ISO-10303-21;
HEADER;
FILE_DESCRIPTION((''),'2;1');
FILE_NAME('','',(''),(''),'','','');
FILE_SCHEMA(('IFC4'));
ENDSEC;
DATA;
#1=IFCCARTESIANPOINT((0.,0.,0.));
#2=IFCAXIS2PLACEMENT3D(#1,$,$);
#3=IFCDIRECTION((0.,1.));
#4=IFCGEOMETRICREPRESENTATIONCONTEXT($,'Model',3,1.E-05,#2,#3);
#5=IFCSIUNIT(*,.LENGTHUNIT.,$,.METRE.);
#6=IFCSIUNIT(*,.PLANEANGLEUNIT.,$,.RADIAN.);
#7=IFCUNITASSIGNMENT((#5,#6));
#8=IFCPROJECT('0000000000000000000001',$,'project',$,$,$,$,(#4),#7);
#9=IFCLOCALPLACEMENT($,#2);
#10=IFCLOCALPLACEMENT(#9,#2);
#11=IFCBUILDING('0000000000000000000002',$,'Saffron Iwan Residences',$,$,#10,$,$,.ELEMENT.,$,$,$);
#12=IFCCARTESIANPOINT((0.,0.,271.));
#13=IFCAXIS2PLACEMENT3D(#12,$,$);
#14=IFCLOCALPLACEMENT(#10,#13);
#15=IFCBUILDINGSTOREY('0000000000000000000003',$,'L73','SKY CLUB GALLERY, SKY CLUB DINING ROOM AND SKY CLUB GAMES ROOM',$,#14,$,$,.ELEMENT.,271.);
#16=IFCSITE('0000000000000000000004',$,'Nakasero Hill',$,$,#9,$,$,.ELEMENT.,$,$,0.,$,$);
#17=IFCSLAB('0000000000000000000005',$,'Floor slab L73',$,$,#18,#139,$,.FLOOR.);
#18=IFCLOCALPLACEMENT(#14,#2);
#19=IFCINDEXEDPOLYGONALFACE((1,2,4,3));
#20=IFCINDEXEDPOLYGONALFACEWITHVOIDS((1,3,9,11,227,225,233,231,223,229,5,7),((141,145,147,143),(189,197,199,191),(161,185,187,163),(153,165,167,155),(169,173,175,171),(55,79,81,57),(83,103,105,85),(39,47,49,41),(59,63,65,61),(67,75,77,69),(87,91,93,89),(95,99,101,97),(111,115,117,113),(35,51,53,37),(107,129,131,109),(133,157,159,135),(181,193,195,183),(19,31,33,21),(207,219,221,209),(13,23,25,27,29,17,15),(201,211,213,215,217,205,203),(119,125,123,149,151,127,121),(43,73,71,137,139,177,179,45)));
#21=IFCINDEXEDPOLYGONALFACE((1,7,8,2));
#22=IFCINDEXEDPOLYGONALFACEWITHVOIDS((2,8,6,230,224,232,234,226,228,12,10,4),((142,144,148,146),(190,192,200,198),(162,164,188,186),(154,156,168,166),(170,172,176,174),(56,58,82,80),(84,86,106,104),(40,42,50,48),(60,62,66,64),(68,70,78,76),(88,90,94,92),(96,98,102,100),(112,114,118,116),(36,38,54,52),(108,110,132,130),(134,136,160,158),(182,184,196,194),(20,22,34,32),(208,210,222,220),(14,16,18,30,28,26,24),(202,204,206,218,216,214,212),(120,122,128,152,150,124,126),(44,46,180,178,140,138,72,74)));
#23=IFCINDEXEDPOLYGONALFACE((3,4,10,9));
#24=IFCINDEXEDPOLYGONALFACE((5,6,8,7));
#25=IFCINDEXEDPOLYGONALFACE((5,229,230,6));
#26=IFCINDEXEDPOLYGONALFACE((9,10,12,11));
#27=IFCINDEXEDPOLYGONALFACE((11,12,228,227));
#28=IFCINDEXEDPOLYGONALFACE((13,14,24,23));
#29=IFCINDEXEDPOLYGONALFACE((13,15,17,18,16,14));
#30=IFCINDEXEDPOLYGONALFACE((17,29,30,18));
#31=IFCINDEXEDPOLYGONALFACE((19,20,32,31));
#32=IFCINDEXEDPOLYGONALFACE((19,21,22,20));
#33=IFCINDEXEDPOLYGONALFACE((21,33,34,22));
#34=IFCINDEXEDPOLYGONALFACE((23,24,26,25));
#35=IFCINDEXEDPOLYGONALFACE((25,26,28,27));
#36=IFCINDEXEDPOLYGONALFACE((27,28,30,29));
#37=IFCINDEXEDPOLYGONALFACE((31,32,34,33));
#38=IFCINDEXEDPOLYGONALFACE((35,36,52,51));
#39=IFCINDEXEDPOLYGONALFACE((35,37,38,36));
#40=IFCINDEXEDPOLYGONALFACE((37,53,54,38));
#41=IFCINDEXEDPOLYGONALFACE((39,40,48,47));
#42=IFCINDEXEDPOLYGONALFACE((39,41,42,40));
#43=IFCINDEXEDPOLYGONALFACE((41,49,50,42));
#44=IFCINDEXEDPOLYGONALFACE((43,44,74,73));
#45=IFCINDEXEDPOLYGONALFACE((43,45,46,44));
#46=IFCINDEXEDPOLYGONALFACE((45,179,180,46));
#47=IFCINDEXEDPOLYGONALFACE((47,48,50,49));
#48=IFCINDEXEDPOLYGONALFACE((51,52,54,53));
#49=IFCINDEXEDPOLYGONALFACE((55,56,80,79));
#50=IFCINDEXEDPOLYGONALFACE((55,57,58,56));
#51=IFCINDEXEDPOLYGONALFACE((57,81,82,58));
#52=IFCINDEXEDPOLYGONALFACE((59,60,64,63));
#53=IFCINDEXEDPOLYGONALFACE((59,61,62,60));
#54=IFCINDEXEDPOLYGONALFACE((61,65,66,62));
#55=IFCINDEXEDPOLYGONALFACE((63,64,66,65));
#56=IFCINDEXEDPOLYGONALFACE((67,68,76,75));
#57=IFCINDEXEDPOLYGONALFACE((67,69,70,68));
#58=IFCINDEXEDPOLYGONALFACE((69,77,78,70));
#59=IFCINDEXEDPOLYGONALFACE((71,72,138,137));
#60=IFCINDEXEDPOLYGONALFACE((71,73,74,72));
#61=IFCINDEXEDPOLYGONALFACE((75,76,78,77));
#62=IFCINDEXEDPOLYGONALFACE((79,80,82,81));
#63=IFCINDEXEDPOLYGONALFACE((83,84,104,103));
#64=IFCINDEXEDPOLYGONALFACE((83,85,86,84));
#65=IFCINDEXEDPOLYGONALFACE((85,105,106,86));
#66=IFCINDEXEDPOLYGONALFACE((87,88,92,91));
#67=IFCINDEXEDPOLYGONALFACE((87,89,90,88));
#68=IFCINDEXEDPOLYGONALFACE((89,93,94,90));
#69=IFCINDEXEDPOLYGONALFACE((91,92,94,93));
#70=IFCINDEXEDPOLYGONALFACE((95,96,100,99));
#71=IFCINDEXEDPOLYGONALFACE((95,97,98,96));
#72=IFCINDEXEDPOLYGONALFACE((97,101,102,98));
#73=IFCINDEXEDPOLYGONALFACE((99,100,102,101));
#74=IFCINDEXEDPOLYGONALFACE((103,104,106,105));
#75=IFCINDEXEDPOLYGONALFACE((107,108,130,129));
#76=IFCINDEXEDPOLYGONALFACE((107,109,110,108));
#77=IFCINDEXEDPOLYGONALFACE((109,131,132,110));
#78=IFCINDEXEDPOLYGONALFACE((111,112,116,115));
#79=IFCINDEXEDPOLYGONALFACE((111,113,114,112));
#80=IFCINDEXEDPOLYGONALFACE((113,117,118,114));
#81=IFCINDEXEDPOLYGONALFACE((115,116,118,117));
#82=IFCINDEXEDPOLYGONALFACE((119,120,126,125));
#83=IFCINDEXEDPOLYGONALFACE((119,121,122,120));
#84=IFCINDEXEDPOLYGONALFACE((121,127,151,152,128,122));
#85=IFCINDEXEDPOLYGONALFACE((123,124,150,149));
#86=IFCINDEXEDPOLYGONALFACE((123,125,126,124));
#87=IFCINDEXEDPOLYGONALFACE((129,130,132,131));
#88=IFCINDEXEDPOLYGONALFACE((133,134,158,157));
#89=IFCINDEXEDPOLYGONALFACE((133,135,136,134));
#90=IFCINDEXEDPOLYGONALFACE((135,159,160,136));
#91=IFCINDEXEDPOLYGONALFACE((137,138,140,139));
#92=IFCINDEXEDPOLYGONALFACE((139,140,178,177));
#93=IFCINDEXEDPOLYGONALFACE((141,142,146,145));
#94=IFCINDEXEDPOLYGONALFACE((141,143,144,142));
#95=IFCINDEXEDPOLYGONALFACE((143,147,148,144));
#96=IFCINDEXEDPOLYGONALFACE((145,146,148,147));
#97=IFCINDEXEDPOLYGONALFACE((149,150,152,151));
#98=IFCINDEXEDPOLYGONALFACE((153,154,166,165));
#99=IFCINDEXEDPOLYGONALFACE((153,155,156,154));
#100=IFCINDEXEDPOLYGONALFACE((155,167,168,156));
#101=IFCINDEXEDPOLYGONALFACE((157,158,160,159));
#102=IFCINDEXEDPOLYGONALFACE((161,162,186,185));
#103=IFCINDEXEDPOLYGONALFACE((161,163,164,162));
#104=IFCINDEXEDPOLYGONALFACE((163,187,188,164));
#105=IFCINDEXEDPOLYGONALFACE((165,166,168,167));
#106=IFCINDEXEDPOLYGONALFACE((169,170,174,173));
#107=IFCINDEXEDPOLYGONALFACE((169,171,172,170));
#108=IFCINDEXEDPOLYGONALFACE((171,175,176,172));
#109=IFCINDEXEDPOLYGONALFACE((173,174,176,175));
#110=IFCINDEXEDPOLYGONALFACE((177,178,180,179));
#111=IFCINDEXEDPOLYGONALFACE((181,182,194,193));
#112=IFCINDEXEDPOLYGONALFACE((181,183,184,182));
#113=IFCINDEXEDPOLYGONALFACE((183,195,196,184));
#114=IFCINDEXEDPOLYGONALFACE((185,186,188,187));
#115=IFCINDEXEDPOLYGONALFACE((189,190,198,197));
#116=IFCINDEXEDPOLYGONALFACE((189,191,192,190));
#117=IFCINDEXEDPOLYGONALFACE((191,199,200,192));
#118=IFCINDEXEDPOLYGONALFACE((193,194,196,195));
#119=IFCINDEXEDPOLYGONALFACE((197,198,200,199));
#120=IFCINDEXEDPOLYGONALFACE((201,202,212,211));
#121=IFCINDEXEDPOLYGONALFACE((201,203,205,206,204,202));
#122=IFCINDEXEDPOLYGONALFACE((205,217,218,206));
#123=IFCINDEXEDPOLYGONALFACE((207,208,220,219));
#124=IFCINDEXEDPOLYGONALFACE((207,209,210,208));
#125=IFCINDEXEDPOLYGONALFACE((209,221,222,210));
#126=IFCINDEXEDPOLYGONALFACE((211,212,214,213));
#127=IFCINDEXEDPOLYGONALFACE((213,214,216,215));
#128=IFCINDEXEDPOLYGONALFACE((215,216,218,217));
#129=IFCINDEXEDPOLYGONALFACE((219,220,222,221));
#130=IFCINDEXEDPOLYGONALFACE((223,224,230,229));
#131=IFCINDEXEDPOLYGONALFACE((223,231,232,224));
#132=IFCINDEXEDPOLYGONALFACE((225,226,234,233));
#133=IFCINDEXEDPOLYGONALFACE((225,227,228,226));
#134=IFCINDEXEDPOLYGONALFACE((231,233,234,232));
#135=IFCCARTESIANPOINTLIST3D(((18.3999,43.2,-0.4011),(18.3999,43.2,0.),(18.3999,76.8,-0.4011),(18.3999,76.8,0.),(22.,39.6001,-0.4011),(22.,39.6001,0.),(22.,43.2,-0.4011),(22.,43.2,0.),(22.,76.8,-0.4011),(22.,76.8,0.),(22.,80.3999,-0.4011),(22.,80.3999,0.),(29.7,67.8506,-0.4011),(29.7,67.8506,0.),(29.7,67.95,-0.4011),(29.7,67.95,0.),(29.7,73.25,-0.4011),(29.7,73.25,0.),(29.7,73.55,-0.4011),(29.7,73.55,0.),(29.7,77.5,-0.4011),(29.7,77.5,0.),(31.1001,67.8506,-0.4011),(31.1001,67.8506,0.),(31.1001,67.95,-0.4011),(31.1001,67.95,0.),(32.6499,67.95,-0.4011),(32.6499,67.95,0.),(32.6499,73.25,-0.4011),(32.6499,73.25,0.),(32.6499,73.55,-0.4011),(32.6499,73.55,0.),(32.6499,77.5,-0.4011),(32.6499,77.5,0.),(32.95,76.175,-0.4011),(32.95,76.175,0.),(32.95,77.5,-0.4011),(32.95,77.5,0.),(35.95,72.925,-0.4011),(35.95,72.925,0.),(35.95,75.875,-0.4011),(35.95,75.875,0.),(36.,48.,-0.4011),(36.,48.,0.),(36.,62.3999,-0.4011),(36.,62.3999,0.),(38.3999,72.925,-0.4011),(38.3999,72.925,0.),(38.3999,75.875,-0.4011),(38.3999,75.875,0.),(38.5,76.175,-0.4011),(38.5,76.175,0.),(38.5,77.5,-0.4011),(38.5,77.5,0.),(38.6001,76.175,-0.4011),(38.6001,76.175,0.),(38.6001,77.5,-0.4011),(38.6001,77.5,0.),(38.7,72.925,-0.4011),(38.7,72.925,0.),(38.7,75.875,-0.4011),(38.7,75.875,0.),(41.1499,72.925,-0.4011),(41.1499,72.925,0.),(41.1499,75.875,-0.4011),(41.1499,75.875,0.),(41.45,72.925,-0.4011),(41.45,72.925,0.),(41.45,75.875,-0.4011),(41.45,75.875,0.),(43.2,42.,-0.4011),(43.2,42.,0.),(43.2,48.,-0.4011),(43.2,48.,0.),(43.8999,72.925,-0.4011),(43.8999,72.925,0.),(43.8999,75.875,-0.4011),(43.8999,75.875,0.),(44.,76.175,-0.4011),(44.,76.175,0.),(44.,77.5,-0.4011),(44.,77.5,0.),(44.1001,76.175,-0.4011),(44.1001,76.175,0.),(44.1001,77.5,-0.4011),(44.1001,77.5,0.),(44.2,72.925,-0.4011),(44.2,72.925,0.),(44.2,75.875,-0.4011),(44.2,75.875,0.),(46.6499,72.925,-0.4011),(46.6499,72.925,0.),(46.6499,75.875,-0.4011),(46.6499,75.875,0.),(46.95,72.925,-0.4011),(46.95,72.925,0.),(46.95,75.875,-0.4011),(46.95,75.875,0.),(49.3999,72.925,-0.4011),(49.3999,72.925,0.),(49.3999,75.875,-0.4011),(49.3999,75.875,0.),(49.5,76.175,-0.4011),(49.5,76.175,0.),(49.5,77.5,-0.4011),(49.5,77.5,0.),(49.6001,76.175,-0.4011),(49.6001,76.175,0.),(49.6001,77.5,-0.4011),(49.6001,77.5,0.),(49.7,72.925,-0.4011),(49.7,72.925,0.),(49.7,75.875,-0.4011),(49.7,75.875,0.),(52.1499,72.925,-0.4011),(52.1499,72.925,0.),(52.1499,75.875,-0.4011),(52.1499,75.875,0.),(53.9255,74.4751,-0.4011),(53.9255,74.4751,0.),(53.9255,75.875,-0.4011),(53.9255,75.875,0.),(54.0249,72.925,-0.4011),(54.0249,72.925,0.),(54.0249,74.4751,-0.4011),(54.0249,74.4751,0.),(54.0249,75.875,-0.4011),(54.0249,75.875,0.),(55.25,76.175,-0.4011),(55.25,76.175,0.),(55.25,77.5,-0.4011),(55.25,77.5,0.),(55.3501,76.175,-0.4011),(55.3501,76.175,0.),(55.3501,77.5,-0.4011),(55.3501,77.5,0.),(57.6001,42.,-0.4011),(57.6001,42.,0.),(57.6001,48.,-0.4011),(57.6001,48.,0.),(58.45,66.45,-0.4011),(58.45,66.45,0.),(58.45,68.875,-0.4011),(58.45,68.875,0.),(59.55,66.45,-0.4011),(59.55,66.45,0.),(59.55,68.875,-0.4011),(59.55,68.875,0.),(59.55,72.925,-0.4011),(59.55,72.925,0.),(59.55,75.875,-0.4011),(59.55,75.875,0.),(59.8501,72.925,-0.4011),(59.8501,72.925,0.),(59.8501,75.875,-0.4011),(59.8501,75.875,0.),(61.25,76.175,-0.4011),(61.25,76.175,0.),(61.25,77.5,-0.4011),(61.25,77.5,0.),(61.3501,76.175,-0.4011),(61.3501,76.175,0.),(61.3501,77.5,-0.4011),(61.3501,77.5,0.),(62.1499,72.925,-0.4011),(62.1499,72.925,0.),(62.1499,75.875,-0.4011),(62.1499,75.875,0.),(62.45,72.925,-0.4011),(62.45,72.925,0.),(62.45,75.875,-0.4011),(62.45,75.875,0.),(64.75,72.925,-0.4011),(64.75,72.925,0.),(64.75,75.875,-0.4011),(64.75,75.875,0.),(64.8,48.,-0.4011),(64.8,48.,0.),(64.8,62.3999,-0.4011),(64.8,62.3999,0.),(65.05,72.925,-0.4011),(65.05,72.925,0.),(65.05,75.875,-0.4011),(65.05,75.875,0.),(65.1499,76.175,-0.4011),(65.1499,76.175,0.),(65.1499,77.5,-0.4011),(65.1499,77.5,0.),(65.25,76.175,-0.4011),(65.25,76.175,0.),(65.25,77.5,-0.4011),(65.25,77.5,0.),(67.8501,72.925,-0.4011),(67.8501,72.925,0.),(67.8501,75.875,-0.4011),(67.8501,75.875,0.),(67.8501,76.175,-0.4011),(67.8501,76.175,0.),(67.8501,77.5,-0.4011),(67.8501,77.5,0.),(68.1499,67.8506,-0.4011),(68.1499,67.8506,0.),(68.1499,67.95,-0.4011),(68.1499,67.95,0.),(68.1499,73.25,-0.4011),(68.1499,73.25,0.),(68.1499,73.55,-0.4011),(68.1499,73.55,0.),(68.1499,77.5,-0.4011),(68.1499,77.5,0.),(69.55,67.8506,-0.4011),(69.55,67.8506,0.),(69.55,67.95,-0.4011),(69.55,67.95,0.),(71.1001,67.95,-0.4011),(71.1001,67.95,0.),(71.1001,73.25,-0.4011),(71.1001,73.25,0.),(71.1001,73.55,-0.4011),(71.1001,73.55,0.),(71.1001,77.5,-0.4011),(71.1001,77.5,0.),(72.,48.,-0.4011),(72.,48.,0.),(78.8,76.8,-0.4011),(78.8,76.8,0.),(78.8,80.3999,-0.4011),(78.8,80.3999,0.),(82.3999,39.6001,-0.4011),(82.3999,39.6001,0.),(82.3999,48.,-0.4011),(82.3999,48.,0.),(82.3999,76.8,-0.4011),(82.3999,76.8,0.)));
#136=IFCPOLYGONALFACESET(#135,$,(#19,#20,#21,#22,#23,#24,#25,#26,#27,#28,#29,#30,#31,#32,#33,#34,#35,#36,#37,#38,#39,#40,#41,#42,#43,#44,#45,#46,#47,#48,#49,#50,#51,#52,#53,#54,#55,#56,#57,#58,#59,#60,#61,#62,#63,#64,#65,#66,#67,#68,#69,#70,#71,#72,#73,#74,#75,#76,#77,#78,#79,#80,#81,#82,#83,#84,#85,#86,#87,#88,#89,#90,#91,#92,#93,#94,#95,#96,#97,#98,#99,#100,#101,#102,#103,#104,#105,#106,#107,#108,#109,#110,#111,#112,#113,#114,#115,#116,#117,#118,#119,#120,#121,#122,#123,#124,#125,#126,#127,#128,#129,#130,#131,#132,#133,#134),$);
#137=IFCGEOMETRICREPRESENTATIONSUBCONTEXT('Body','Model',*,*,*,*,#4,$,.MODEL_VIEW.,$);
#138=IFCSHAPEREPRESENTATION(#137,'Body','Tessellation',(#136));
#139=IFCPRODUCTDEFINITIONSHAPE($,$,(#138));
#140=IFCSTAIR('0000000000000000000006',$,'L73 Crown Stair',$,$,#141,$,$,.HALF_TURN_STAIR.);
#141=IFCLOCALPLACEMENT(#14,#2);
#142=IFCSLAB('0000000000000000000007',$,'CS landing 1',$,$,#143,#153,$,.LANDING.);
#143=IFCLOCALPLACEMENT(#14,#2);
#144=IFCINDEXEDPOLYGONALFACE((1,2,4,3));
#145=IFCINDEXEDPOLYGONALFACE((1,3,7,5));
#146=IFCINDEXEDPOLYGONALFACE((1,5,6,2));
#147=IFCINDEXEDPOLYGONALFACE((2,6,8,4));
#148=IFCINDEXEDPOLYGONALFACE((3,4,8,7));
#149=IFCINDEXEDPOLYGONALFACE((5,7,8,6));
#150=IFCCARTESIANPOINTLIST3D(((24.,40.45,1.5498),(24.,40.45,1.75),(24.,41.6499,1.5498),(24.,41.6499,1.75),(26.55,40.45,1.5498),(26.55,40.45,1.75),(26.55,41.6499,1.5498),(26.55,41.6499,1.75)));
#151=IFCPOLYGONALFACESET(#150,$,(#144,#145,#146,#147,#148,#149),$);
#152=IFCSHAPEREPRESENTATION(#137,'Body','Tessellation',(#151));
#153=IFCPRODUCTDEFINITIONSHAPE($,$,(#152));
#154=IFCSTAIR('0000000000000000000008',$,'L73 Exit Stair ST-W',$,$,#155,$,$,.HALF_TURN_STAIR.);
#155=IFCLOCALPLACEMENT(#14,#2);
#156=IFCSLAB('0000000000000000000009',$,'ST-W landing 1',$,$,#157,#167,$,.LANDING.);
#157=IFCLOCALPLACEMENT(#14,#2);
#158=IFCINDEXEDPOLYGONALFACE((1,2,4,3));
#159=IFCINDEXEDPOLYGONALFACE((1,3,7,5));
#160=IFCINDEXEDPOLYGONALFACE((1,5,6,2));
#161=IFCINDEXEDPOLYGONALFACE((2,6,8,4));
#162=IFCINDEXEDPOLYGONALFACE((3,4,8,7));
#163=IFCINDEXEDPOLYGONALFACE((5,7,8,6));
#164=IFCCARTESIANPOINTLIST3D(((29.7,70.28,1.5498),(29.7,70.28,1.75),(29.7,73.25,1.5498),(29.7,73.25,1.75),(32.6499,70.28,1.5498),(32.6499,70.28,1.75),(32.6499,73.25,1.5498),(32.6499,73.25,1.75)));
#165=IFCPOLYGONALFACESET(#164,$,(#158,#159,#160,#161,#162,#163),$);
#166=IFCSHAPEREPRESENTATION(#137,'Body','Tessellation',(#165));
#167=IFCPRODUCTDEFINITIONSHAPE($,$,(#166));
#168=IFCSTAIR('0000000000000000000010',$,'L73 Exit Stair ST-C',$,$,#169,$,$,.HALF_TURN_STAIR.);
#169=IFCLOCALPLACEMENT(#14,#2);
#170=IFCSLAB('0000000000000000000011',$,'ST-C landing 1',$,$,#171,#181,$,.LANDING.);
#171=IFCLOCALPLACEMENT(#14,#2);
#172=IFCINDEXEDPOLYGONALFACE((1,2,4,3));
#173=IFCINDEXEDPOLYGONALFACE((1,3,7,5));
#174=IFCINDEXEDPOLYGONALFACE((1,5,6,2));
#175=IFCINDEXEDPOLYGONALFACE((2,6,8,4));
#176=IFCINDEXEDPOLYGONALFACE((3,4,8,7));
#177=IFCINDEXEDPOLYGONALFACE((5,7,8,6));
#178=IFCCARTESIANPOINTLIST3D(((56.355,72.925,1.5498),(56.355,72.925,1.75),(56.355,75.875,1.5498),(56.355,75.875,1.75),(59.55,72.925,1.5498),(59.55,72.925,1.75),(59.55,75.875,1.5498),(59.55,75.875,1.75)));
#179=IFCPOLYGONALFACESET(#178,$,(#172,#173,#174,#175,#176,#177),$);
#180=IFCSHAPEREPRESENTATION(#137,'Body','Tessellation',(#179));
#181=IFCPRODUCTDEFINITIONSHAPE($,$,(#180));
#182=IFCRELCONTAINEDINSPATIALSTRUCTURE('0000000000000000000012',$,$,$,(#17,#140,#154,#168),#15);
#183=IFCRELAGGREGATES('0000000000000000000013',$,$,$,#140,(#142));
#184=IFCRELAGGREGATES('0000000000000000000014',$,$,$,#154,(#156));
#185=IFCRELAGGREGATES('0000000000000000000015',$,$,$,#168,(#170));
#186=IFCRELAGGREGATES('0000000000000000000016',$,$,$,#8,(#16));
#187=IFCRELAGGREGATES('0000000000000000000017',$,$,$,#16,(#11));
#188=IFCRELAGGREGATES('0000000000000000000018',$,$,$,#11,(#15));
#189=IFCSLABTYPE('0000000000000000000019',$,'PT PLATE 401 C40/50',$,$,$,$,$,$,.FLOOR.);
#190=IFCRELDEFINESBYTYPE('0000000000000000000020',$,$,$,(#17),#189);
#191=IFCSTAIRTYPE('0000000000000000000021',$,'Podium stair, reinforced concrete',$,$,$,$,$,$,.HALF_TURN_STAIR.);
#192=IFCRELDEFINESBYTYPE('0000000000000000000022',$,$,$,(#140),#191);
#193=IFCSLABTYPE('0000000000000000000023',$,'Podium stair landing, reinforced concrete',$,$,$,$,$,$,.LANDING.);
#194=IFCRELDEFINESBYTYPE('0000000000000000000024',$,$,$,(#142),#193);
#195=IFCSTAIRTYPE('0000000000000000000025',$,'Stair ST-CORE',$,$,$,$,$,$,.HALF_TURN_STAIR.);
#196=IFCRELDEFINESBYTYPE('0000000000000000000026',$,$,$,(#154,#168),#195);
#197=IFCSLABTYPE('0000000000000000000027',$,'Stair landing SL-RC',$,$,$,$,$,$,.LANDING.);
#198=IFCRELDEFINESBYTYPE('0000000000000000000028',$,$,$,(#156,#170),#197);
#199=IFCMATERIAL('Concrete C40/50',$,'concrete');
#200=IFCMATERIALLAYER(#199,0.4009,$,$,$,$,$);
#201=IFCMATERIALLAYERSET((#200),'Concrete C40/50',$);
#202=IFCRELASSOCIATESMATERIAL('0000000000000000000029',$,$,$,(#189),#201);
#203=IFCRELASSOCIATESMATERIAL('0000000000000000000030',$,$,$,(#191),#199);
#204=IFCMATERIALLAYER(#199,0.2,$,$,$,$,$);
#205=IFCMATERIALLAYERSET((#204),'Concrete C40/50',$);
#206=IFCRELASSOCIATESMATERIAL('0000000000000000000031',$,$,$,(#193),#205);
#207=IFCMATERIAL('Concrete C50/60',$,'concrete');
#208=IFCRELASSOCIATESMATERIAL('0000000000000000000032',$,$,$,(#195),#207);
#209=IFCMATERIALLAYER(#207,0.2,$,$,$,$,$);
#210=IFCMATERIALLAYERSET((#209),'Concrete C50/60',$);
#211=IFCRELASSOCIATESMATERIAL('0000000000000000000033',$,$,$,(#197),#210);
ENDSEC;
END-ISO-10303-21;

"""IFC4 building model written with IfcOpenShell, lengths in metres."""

from ifc_helpers import new_model, si_unit, direction, frame, origin, place, context, subcontext, project, spatial, polyline, outline, extrude, material, layer, layer_set, type_object, element, aggregate, save


model = new_model("IFC4")

# Units and contexts
model_context = context("Model", 3, precision=1e-05, world=origin(), true_north=direction((0.0, 1.0)))
body_context = subcontext(model_context, "Body", "Model", "MODEL_VIEW")
ifc_project = project(units=[si_unit("LENGTHUNIT", "METRE"), si_unit("PLANEANGLEUNIT", "RADIAN")], contexts=[model_context])

# Site, building, storey
site_placement = place(None, origin())
site = spatial("IfcSite", under=ifc_project, at=site_placement, Name="Nakasero Hill", CompositionType="ELEMENT", RefElevation=0.0)
building_placement = place(site_placement, origin())
building = spatial("IfcBuilding", under=site, at=building_placement, Name="Saffron Iwan Residences", CompositionType="ELEMENT")
storey_placement = place(building_placement, frame((0.0, 0.0, 271.0)))
storey = spatial("IfcBuildingStorey", under=building, at=storey_placement, Name="L73", Description="SKY CLUB GALLERY, SKY CLUB DINING ROOM AND SKY CLUB GAMES ROOM", CompositionType="ELEMENT", Elevation=271.0)

# Slab
ifc_material_1 = material(Name="Concrete C40/50", Category="concrete")
ifc_layer_1 = layer(ifc_material_1, 0.4009)
ifc_layer_set_1 = layer_set([ifc_layer_1], Name="Concrete C40/50")
slab_type_1 = type_object("IfcSlabType", Name="PT PLATE 401 C40/50", PredefinedType="FLOOR", material=ifc_layer_set_1)
slab_1_placement = place(storey_placement, frame((0.0, 0.0, -0.4011)))
element("IfcSlab", 1, at=slab_1_placement, inside=storey, type_object=slab_type_1, Name="Floor slab L73", PredefinedType="FLOOR", context=body_context, shape_type="SweptSolid", body=[
    extrude(outline(polyline([(18.3999, 43.2), (18.3999, 76.8), (22.0, 76.8), (22.0, 80.3999), (78.8, 80.3999), (78.8, 76.8), (82.3999, 76.8), (82.3999, 48.0), (72.0, 48.0), (82.3999, 39.6001), (22.0, 39.6001), (22.0, 43.2), (18.3999, 43.2)]), holes=[polyline([(64.8, 48.0), (64.8, 62.3999), (36.0, 62.3999), (36.0, 48.0), (43.2, 48.0), (43.2, 42.0), (57.6001, 42.0), (57.6001, 48.0), (64.8, 48.0)]), polyline([(29.7, 73.25), (29.7, 67.95), (29.7, 67.8506), (31.1001, 67.8506), (31.1001, 67.95), (32.6499, 67.95), (32.6499, 73.25), (29.7, 73.25)]), polyline([(38.3999, 75.875), (35.95, 75.875), (35.95, 72.925), (38.3999, 72.925), (38.3999, 75.875)]), polyline([(41.1499, 75.875), (38.7, 75.875), (38.7, 72.925), (41.1499, 72.925), (41.1499, 75.875)]), polyline([(43.8999, 72.925), (43.8999, 75.875), (41.45, 75.875), (41.45, 72.925), (43.8999, 72.925)]), polyline([(46.6499, 72.925), (46.6499, 75.875), (44.2, 75.875), (44.2, 72.925), (46.6499, 72.925)]), polyline([(49.3999, 75.875), (46.95, 75.875), (46.95, 72.925), (49.3999, 72.925), (49.3999, 75.875)]), polyline([(52.1499, 72.925), (52.1499, 75.875), (49.7, 75.875), (49.7, 72.925), (52.1499, 72.925)]), polyline([(32.6499, 73.55), (32.6499, 77.5), (29.7, 77.5), (29.7, 73.55), (32.6499, 73.55)]), polyline([(38.5, 77.5), (32.95, 77.5), (32.95, 76.175), (38.5, 76.175), (38.5, 77.5)]), polyline([(44.0, 76.175), (44.0, 77.5), (38.6001, 77.5), (38.6001, 76.175), (44.0, 76.175)]), polyline([(49.5, 76.175), (49.5, 77.5), (44.1001, 77.5), (44.1001, 76.175), (49.5, 76.175)]), polyline([(59.55, 68.875), (58.45, 68.875), (58.45, 66.45), (59.55, 66.45), (59.55, 68.875)]), polyline([(68.1499, 73.25), (68.1499, 67.95), (68.1499, 67.8506), (69.55, 67.8506), (69.55, 67.95), (71.1001, 67.95), (71.1001, 73.25), (68.1499, 73.25)]), polyline([(54.0249, 74.4751), (54.0249, 72.925), (59.55, 72.925), (59.55, 75.875), (54.0249, 75.875), (53.9255, 75.875), (53.9255, 74.4751), (54.0249, 74.4751)]), polyline([(62.1499, 72.925), (62.1499, 75.875), (59.8501, 75.875), (59.8501, 72.925), (62.1499, 72.925)]), polyline([(64.75, 72.925), (64.75, 75.875), (62.45, 75.875), (62.45, 72.925), (64.75, 72.925)]), polyline([(67.8501, 75.875), (65.05, 75.875), (65.05, 72.925), (67.8501, 72.925), (67.8501, 75.875)]), polyline([(71.1001, 73.55), (71.1001, 77.5), (68.1499, 77.5), (68.1499, 73.55), (71.1001, 73.55)]), polyline([(55.25, 76.175), (55.25, 77.5), (49.6001, 77.5), (49.6001, 76.175), (55.25, 76.175)]), polyline([(61.25, 77.5), (55.3501, 77.5), (55.3501, 76.175), (61.25, 76.175), (61.25, 77.5)]), polyline([(65.1499, 76.175), (65.1499, 77.5), (61.3501, 77.5), (61.3501, 76.175), (65.1499, 76.175)]), polyline([(67.8501, 76.175), (67.8501, 77.5), (65.25, 77.5), (65.25, 76.175), (67.8501, 76.175)])]), origin(), (0.0, 0.0, 1.0), 0.4011),
])

# Stairs, slabs
stair_type_1 = type_object("IfcStairType", Name="Podium stair, reinforced concrete", PredefinedType="HALF_TURN_STAIR", material=ifc_material_1)
stair_1_placement = place(storey_placement, origin())
stair_1 = element("IfcStair", 2, at=stair_1_placement, inside=storey, type_object=stair_type_1, Name="L73 Crown Stair", PredefinedType="HALF_TURN_STAIR")
ifc_layer_2 = layer(ifc_material_1, 0.2)
ifc_layer_set_2 = layer_set([ifc_layer_2], Name="Concrete C40/50")
slab_type_2 = type_object("IfcSlabType", Name="Podium stair landing, reinforced concrete", PredefinedType="LANDING", material=ifc_layer_set_2)
slab_2_placement = place(storey_placement, frame((0.0, 0.0, 1.5498)))
slab_2 = element("IfcSlab", 3, at=slab_2_placement, type_object=slab_type_2, Name="CS landing 1", PredefinedType="LANDING", context=body_context, shape_type="SweptSolid", body=[
    extrude(outline(polyline([(24.0, 41.6499), (24.0, 40.45), (26.55, 40.45), (26.55, 41.6499), (24.0, 41.6499)])), origin(), (0.0, 0.0, 1.0), 0.2002),
])
aggregate(stair_1, [slab_2])
ifc_material_2 = material(Name="Concrete C50/60", Category="concrete")
stair_type_2 = type_object("IfcStairType", Name="Stair ST-CORE", PredefinedType="HALF_TURN_STAIR", material=ifc_material_2)
stair_2_placement = place(storey_placement, origin())
stair_2 = element("IfcStair", 4, at=stair_2_placement, inside=storey, type_object=stair_type_2, Name="L73 Exit Stair ST-W", PredefinedType="HALF_TURN_STAIR")
ifc_layer_3 = layer(ifc_material_2, 0.2)
ifc_layer_set_3 = layer_set([ifc_layer_3], Name="Concrete C50/60")
slab_type_3 = type_object("IfcSlabType", Name="Stair landing SL-RC", PredefinedType="LANDING", material=ifc_layer_set_3)
slab_3_placement = place(storey_placement, frame((0.0, 0.0, 1.5498)))
slab_3 = element("IfcSlab", 5, at=slab_3_placement, type_object=slab_type_3, Name="ST-W landing 1", PredefinedType="LANDING", context=body_context, shape_type="SweptSolid", body=[
    extrude(outline(polyline([(32.6499, 70.28), (32.6499, 73.25), (29.7, 73.25), (29.7, 70.28), (32.6499, 70.28)])), origin(), (0.0, 0.0, 1.0), 0.2002),
])
aggregate(stair_2, [slab_3])
stair_3_placement = place(storey_placement, origin())
stair_3 = element("IfcStair", 6, at=stair_3_placement, inside=storey, type_object=stair_type_2, Name="L73 Exit Stair ST-C", PredefinedType="HALF_TURN_STAIR")
slab_4_placement = place(storey_placement, frame((0.0, 0.0, 1.5498)))
slab_4 = element("IfcSlab", 7, at=slab_4_placement, type_object=slab_type_3, Name="ST-C landing 1", PredefinedType="LANDING", context=body_context, shape_type="SweptSolid", body=[
    extrude(outline(polyline([(56.355, 72.925), (59.55, 72.925), (59.55, 75.875), (56.355, 75.875), (56.355, 72.925)])), origin(), (0.0, 0.0, 1.0), 0.2002),
])
aggregate(stair_3, [slab_4])

save(model, "model.ifc")
